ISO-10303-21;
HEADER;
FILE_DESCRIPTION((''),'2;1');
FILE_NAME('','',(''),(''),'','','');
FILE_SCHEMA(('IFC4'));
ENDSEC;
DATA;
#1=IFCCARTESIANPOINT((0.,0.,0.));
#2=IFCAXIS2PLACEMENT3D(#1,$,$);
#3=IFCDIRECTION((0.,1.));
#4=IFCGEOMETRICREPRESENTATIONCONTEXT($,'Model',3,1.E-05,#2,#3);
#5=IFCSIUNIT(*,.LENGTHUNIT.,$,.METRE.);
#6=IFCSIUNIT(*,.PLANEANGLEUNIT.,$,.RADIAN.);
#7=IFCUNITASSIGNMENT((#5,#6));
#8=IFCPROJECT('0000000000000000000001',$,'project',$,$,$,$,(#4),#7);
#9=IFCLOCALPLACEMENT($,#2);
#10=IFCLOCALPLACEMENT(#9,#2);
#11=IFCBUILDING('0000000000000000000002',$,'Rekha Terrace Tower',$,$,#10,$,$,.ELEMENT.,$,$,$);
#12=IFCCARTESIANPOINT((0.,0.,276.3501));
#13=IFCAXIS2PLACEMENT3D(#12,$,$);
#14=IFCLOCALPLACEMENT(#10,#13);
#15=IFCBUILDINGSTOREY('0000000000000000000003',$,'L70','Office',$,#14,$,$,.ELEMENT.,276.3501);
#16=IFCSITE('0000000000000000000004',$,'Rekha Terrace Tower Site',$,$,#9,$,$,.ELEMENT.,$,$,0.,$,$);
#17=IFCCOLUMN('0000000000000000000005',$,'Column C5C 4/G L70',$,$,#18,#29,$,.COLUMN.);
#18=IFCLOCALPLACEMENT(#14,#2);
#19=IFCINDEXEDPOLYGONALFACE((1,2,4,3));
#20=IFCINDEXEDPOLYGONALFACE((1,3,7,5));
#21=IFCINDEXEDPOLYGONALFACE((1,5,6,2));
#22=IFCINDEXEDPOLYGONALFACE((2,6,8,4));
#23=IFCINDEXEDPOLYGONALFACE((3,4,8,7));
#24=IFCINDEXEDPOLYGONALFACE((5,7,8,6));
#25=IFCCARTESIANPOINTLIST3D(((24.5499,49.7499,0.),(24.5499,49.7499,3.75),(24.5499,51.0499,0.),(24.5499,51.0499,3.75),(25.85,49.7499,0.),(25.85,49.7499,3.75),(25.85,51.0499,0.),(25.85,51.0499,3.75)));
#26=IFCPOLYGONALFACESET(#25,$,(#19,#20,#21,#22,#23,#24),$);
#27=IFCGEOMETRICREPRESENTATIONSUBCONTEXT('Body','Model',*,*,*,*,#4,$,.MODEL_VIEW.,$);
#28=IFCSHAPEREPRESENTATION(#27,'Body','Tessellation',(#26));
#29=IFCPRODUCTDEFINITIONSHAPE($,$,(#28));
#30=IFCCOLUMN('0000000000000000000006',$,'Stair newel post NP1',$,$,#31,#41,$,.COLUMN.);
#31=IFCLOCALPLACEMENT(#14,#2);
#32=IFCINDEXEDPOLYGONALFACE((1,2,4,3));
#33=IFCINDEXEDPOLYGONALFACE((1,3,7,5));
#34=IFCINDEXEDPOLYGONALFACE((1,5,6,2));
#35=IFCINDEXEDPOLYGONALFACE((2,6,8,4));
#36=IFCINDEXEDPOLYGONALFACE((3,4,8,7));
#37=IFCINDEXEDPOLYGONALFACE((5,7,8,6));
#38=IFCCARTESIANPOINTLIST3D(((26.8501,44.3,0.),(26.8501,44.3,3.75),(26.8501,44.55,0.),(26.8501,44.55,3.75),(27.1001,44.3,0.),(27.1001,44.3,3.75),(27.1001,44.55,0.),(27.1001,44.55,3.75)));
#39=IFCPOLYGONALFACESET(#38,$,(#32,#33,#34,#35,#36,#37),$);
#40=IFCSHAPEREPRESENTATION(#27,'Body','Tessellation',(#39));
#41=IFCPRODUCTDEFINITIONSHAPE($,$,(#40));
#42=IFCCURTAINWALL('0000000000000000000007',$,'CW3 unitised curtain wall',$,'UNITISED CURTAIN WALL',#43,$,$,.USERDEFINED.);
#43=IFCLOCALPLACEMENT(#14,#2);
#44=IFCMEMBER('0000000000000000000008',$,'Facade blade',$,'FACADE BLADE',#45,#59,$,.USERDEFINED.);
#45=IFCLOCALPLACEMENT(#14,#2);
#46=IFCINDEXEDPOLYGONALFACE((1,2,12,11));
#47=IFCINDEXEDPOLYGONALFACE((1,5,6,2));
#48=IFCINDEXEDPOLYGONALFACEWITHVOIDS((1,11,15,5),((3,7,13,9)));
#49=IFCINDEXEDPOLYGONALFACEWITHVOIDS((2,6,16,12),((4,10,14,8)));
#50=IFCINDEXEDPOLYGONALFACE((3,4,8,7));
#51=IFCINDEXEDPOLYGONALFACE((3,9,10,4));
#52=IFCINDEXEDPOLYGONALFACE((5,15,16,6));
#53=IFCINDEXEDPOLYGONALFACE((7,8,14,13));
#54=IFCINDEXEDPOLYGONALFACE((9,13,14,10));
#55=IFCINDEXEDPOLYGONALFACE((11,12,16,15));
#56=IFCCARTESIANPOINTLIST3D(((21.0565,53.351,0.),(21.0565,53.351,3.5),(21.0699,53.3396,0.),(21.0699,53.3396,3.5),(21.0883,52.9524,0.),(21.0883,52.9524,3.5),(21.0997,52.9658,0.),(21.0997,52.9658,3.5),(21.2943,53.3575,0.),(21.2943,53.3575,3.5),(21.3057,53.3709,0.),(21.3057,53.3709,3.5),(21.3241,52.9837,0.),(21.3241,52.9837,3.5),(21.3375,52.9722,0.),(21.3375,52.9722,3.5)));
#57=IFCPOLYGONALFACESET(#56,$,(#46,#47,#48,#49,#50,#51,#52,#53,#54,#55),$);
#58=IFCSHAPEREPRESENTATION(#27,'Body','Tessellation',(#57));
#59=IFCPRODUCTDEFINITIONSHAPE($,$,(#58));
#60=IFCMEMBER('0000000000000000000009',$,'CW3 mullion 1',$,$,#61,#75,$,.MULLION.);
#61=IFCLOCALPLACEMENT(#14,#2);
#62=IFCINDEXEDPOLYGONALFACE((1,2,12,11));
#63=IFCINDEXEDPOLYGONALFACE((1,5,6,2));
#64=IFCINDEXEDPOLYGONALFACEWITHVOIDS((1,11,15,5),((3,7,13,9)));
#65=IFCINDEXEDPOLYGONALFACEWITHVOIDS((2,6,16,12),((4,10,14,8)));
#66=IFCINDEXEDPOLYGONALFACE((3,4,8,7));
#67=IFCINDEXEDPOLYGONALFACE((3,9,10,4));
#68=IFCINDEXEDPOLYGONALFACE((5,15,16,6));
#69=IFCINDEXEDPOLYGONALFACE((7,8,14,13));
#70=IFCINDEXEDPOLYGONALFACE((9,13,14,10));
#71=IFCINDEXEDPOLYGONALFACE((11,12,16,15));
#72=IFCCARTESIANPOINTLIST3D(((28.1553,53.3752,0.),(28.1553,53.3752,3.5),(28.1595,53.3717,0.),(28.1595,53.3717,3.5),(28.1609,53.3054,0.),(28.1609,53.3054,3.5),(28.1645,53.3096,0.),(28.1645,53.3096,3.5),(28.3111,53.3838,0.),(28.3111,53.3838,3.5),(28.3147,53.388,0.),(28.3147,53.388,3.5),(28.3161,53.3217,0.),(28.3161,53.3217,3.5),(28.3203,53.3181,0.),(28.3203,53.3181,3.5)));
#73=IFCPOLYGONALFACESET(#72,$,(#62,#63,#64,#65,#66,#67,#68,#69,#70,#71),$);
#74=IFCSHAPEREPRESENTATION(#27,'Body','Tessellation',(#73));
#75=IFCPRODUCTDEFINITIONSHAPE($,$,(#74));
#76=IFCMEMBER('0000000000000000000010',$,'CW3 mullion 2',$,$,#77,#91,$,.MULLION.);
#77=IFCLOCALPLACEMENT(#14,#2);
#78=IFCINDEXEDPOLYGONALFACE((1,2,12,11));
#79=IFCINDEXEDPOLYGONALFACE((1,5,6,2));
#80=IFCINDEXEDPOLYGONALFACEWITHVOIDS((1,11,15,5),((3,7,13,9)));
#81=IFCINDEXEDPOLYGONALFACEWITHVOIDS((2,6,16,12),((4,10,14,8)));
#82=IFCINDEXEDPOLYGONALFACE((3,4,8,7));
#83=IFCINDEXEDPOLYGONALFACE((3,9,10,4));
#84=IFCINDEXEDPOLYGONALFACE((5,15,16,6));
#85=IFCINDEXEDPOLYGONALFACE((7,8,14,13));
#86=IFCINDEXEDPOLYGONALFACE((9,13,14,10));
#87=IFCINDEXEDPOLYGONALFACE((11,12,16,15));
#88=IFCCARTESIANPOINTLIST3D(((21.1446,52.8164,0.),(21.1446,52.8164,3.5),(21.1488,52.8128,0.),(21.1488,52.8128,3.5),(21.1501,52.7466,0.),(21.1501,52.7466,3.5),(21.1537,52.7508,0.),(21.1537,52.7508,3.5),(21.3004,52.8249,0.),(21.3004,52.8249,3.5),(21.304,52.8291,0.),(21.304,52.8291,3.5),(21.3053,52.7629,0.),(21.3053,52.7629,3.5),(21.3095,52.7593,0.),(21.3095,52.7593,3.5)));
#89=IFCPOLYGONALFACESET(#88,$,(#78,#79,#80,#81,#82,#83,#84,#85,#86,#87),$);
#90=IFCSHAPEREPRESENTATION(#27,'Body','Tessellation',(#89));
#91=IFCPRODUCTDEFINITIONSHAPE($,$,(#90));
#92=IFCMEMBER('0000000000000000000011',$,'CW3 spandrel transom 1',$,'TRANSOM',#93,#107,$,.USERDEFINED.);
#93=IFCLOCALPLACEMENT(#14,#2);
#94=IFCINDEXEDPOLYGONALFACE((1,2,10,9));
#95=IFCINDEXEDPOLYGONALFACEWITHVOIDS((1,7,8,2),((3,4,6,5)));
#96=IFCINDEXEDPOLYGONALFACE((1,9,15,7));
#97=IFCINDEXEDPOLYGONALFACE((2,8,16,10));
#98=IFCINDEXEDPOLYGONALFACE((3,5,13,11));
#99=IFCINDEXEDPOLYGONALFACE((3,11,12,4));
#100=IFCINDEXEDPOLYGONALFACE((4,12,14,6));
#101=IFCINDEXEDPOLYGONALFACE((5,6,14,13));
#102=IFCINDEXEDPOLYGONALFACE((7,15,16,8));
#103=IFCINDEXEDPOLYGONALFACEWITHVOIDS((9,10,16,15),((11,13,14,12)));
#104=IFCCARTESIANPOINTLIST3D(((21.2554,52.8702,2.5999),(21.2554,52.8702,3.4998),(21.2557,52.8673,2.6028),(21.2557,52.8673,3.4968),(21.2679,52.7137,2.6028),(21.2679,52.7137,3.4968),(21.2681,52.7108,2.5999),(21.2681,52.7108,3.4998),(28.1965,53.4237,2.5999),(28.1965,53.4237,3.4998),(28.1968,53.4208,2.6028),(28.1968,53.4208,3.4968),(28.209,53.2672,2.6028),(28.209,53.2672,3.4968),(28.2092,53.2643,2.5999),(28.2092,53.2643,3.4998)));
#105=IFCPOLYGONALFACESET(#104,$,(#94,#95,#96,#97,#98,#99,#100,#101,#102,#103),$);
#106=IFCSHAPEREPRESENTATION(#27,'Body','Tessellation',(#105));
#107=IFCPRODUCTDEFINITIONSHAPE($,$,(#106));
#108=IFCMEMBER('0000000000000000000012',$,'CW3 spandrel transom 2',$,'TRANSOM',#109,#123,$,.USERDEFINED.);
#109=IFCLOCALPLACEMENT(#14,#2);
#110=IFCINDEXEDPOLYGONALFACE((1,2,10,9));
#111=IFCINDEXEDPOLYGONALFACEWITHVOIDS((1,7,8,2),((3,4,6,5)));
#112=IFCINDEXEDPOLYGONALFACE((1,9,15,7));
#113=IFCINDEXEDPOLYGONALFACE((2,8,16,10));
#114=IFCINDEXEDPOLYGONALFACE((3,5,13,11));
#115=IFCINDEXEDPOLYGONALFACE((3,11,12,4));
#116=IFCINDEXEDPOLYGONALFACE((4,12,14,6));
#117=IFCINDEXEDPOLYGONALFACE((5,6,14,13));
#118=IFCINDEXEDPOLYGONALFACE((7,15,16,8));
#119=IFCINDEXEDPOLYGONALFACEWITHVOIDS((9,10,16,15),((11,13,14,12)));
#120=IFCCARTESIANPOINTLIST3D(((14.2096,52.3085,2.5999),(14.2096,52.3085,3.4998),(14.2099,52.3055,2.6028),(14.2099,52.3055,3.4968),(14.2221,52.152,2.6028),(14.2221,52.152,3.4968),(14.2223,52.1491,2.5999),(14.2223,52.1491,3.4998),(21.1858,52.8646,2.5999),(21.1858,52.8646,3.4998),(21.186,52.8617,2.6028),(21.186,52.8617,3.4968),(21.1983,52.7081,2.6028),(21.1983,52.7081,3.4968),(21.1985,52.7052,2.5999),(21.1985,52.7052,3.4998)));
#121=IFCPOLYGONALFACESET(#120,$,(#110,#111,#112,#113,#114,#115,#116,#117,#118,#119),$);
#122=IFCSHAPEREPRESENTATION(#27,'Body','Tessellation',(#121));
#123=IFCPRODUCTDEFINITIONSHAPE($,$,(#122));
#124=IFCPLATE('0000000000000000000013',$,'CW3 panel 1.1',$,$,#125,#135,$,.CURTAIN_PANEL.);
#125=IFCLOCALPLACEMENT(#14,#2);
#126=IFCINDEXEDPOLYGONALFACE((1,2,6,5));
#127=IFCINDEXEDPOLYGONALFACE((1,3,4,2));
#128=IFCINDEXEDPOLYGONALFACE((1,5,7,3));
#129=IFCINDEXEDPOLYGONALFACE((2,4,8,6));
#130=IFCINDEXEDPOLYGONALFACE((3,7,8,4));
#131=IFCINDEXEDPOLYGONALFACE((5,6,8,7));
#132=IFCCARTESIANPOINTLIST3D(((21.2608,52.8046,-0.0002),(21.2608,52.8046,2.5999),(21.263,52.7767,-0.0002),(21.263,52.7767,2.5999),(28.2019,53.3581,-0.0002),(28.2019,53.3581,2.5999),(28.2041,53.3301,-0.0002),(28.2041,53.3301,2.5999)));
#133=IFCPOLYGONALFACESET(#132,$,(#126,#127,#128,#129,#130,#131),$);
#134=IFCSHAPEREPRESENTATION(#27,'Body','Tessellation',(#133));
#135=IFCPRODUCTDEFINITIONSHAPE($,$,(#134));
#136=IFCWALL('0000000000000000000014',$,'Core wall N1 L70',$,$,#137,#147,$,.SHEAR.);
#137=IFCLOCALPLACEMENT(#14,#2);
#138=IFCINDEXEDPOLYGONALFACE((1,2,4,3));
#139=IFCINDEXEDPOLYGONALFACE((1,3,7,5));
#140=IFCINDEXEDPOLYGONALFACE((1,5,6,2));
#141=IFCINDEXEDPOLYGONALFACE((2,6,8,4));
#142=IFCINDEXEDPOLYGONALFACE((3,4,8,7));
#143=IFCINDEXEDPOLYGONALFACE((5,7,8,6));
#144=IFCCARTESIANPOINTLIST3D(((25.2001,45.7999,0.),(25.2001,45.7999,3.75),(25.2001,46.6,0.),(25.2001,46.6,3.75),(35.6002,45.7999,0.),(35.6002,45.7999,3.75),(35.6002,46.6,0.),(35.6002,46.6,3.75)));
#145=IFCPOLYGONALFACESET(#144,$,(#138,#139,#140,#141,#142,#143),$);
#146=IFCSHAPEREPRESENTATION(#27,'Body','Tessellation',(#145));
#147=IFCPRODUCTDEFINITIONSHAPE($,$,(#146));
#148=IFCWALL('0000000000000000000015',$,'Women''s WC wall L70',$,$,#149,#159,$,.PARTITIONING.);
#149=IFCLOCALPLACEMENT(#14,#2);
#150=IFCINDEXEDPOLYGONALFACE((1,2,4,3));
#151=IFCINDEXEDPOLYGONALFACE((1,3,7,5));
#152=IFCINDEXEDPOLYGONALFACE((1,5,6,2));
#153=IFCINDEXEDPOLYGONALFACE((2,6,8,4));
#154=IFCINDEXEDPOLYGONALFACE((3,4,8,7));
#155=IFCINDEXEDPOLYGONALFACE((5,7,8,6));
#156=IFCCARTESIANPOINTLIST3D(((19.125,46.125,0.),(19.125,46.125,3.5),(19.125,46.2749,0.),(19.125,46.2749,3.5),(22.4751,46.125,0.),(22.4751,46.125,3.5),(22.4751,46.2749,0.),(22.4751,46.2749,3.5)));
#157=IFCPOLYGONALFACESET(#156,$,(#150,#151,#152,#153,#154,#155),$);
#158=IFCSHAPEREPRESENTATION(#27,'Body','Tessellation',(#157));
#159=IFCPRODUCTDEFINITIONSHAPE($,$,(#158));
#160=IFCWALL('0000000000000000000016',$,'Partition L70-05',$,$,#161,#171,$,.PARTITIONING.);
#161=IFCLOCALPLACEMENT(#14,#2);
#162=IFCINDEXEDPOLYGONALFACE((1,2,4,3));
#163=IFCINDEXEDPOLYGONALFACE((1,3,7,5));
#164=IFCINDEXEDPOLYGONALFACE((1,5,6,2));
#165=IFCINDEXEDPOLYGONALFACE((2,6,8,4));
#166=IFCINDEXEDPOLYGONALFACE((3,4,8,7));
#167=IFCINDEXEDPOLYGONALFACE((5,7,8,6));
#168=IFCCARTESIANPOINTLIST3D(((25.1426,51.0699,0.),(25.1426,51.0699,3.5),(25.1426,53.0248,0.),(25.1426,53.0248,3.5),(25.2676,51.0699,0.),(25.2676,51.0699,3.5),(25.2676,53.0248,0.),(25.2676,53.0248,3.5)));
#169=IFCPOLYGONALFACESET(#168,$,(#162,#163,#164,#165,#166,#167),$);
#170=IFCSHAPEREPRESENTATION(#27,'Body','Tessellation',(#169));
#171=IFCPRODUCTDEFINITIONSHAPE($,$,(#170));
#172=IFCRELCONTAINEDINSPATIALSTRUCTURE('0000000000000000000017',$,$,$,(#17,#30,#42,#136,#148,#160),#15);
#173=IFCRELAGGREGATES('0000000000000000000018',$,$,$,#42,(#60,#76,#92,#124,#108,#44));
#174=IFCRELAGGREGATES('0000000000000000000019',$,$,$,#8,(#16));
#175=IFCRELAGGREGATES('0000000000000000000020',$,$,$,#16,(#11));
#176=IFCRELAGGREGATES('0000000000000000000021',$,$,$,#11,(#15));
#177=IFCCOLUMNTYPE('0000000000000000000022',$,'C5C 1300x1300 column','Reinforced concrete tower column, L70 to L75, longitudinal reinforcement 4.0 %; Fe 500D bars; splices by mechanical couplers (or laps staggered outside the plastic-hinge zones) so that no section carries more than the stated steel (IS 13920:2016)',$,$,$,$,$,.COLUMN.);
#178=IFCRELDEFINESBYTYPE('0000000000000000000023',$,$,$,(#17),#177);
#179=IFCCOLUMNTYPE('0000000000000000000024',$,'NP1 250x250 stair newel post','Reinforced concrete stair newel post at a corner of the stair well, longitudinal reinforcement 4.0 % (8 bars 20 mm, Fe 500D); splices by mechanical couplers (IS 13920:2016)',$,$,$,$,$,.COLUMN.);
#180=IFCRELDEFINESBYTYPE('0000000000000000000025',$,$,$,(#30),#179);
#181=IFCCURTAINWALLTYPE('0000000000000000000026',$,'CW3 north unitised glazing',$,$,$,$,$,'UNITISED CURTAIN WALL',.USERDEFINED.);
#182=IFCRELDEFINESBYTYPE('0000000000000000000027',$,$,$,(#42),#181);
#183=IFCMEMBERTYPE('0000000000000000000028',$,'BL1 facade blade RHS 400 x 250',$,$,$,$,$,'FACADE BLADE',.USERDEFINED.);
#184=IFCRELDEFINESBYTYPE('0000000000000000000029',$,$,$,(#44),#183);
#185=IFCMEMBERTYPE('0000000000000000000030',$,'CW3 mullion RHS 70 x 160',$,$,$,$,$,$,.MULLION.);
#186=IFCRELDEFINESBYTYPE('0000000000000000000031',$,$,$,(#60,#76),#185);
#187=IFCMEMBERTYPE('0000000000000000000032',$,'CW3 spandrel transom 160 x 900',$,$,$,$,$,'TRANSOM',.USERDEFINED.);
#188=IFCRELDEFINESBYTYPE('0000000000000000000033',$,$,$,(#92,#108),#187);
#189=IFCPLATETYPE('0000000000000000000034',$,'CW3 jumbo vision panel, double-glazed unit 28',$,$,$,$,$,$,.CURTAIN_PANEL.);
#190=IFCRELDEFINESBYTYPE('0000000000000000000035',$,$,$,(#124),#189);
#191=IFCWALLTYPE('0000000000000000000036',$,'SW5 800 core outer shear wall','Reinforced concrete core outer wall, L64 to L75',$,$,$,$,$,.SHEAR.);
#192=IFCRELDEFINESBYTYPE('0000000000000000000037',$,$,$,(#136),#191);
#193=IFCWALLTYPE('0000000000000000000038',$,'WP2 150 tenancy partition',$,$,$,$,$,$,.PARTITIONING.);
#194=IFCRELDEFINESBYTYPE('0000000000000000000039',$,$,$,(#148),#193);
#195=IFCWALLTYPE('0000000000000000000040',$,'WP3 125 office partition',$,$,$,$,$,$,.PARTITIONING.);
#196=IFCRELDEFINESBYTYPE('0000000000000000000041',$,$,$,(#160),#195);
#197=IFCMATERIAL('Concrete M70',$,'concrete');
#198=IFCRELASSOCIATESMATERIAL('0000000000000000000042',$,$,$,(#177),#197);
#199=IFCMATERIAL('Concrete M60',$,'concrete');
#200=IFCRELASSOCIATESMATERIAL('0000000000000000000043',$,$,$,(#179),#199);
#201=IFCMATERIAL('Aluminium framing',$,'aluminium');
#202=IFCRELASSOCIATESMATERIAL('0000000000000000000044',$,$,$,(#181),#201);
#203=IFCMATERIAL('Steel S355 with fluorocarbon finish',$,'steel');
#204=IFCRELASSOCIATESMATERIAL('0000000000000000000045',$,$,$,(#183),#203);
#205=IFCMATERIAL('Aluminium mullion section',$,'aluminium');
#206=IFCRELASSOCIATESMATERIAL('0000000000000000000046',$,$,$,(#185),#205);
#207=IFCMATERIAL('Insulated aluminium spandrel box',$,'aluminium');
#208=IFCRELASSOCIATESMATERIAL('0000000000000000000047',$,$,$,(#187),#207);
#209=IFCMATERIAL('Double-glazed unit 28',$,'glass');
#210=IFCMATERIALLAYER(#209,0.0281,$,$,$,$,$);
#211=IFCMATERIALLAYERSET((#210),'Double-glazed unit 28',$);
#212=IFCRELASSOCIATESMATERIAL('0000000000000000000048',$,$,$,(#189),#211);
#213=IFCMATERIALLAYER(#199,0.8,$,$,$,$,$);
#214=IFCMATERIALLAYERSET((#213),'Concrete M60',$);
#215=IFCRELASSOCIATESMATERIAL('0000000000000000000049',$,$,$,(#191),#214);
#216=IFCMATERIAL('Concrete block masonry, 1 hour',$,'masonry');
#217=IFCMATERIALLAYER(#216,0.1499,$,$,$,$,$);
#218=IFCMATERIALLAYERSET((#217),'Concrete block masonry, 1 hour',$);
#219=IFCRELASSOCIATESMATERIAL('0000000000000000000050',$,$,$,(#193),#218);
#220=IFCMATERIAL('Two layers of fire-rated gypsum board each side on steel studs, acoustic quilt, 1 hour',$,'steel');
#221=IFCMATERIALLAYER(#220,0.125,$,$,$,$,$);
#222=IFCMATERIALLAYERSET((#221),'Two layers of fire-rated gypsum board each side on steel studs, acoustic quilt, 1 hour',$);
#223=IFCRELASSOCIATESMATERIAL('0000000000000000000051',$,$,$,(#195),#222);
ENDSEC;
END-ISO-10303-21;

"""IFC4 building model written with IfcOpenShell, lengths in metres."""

from ifc_helpers import new_model, si_unit, direction, frame, frame_2d, origin, origin_2d, place, context, subcontext, project, spatial, rectangle, hollow_rectangle, extrude, material, layer, layer_set, material_profile, profile_set, type_object, element, aggregate, save


model = new_model("IFC4")

# Units and contexts
model_context = context("Model", 3, precision=1e-05, world=origin(), true_north=direction((0.0, 1.0)))
body_context = subcontext(model_context, "Body", "Model", "MODEL_VIEW")
ifc_project = project(units=[si_unit("LENGTHUNIT", "METRE"), si_unit("PLANEANGLEUNIT", "RADIAN")], contexts=[model_context])

# Site, building, storey
site_placement = place(None, origin())
site = spatial("IfcSite", under=ifc_project, at=site_placement, Name="Rekha Terrace Tower Site", CompositionType="ELEMENT", RefElevation=0.0)
building_placement = place(site_placement, origin())
building = spatial("IfcBuilding", under=site, at=building_placement, Name="Rekha Terrace Tower", CompositionType="ELEMENT")
storey_placement = place(building_placement, frame((0.0, 0.0, 276.3501)))
storey = spatial("IfcBuildingStorey", under=building, at=storey_placement, Name="L70", Description="Office", CompositionType="ELEMENT", Elevation=276.3501)

# Columns
ifc_material_1 = material(Name="Concrete M70", Category="concrete")
ifc_material_profile_1 = material_profile(ifc_material_1, rectangle(XDim=1.3, YDim=1.3, at=origin_2d()), Name="RC 1300x1300")
ifc_profile_set_1 = profile_set([ifc_material_profile_1], Name="Concrete M70")
column_type_1 = type_object("IfcColumnType", Name="C5C 1300x1300 column", Description="Reinforced concrete tower column, L70 to L75, longitudinal reinforcement 4.0 %; Fe 500D bars; splices by mechanical couplers (or laps staggered outside the plastic-hinge zones) so that no section carries more than the stated steel (IS 13920:2016)", PredefinedType="COLUMN", material=ifc_profile_set_1)
column_1_placement = place(storey_placement, frame((25.2, 50.3999, 0.0), z_axis=(0.0, 0.0, 1.0), x_axis=(1.0, 0.0, 0.0)))
element("IfcColumn", 1, at=column_1_placement, inside=storey, type_object=column_type_1, Name="Column C5C 4/G L70", PredefinedType="COLUMN", context=body_context, shape_type="SweptSolid", body=[
    extrude(rectangle(XDim=1.3, YDim=1.3, at=origin_2d()), origin(), (0.0, 0.0, 1.0), 3.75),
])
ifc_material_2 = material(Name="Concrete M60", Category="concrete")
ifc_material_profile_2 = material_profile(ifc_material_2, rectangle(XDim=0.25, YDim=0.25, at=origin_2d()), Name="RC 250x250")
ifc_profile_set_2 = profile_set([ifc_material_profile_2], Name="Concrete M60")
column_type_2 = type_object("IfcColumnType", Name="NP1 250x250 stair newel post", Description="Reinforced concrete stair newel post at a corner of the stair well, longitudinal reinforcement 4.0 % (8 bars 20 mm, Fe 500D); splices by mechanical couplers (IS 13920:2016)", PredefinedType="COLUMN", material=ifc_profile_set_2)
column_2_placement = place(storey_placement, frame((26.9751, 44.425, 0.0), z_axis=(0.0, 0.0, 1.0), x_axis=(1.0, 0.0, 0.0)))
element("IfcColumn", 2, at=column_2_placement, inside=storey, type_object=column_type_2, Name="Stair newel post NP1", PredefinedType="COLUMN", context=body_context, shape_type="SweptSolid", body=[
    extrude(rectangle(XDim=0.25, YDim=0.25, at=origin_2d()), origin(), (0.0, 0.0, 1.0), 3.75),
])

# Curtain wall, members, plate
ifc_material_3 = material(Name="Aluminium framing", Category="aluminium")
curtain_wall_type = type_object("IfcCurtainWallType", Name="CW3 north unitised glazing", ElementType="UNITISED CURTAIN WALL", PredefinedType="USERDEFINED", material=ifc_material_3)
curtain_wall_placement = place(storey_placement, origin())
curtain_wall = element("IfcCurtainWall", 3, at=curtain_wall_placement, inside=storey, type_object=curtain_wall_type, Name="CW3 unitised curtain wall", ObjectType="UNITISED CURTAIN WALL", PredefinedType="USERDEFINED")
ifc_material_4 = material(Name="Steel S355 with fluorocarbon finish", Category="steel")
ifc_material_profile_3 = material_profile(ifc_material_4, hollow_rectangle(XDim=0.25, YDim=0.3999, WallThickness=0.0125, at=origin_2d()), Name="RHS400x250x12.5")
ifc_profile_set_3 = profile_set([ifc_material_profile_3], Name="Steel S355 with fluorocarbon finish")
member_type_1 = type_object("IfcMemberType", Name="BL1 facade blade RHS 400 x 250", ElementType="FACADE BLADE", PredefinedType="USERDEFINED", material=ifc_profile_set_3)
member_1_placement = place(storey_placement, frame((21.197, 53.1616, 0.0), z_axis=(0.0, 0.0, 1.0), x_axis=(-0.996836, -0.079486, 0.0)))
member_1 = element("IfcMember", 4, at=member_1_placement, type_object=member_type_1, Name="Facade blade", ObjectType="FACADE BLADE", PredefinedType="USERDEFINED", context=body_context, shape_type="SweptSolid", body=[
    extrude(hollow_rectangle(XDim=0.25, YDim=0.3999, WallThickness=0.0125, at=origin_2d()), origin(), (0.0, 0.0, 1.0), 3.5),
])
ifc_material_5 = material(Name="Aluminium mullion section", Category="aluminium")
ifc_material_profile_4 = material_profile(ifc_material_5, hollow_rectangle(XDim=0.0701, YDim=0.1599, WallThickness=0.0039, at=origin_2d()), Name="AL RHS 70x160")
ifc_profile_set_4 = profile_set([ifc_material_profile_4], Name="Aluminium mullion section")
member_type_2 = type_object("IfcMemberType", Name="CW3 mullion RHS 70 x 160", PredefinedType="MULLION", material=ifc_profile_set_4)
member_2_placement = place(storey_placement, frame((28.2378, 53.3467, 0.0), z_axis=(0.0, 0.0, 1.0), x_axis=(0.079485, -0.996836, 0.0)))
member_2 = element("IfcMember", 5, at=member_2_placement, type_object=member_type_2, Name="CW3 mullion 1", PredefinedType="MULLION", context=body_context, shape_type="SweptSolid", body=[
    extrude(hollow_rectangle(XDim=0.0701, YDim=0.1599, WallThickness=0.0039, at=origin_2d()), origin(), (0.0, 0.0, 1.0), 3.5),
])
member_3_placement = place(storey_placement, frame((21.2271, 52.7878, 0.0), z_axis=(0.0, 0.0, 1.0), x_axis=(0.079485, -0.996836, 0.0)))
member_3 = element("IfcMember", 6, at=member_3_placement, type_object=member_type_2, Name="CW3 mullion 2", PredefinedType="MULLION", context=body_context, shape_type="SweptSolid", body=[
    extrude(hollow_rectangle(XDim=0.0701, YDim=0.1599, WallThickness=0.0039, at=origin_2d()), origin(), (0.0, 0.0, 1.0), 3.5),
])
ifc_material_6 = material(Name="Insulated aluminium spandrel box", Category="aluminium")
ifc_material_profile_5 = material_profile(ifc_material_6, hollow_rectangle(XDim=0.1599, YDim=0.8999, WallThickness=0.0029, at=origin_2d()), Name="AL SPANDREL BOX 160x900")
ifc_profile_set_5 = profile_set([ifc_material_profile_5], Name="Insulated aluminium spandrel box")
member_type_3 = type_object("IfcMemberType", Name="CW3 spandrel transom 160 x 900", ElementType="TRANSOM", PredefinedType="USERDEFINED", material=ifc_profile_set_5)
member_4_placement = place(storey_placement, frame((28.2029, 53.344, 3.0498), z_axis=(-0.996836, -0.079485, 0.0), x_axis=(0.079485, -0.996836, 0.0)))
member_4 = element("IfcMember", 7, at=member_4_placement, type_object=member_type_3, Name="CW3 spandrel transom 1", ObjectType="TRANSOM", PredefinedType="USERDEFINED", context=body_context, shape_type="SweptSolid", body=[
    extrude(hollow_rectangle(XDim=0.1599, YDim=0.8999, WallThickness=0.0029, at=origin_2d()), origin(), (0.0, 0.0, 1.0), 6.9631),
])
member_5_placement = place(storey_placement, frame((21.1921, 52.7849, 3.0498), z_axis=(-0.996837, -0.079471, 0.0), x_axis=(0.079471, -0.996837, 0.0)))
member_5 = element("IfcMember", 8, at=member_5_placement, type_object=member_type_3, Name="CW3 spandrel transom 2", ObjectType="TRANSOM", PredefinedType="USERDEFINED", context=body_context, shape_type="SweptSolid", body=[
    extrude(hollow_rectangle(XDim=0.1599, YDim=0.8999, WallThickness=0.0029, at=origin_2d()), origin(), (0.0, 0.0, 1.0), 6.9983),
])
ifc_material_7 = material(Name="Double-glazed unit 28", Category="glass")
ifc_layer_1 = layer(ifc_material_7, 0.0281)
ifc_layer_set_1 = layer_set([ifc_layer_1], Name="Double-glazed unit 28")
plate_type = type_object("IfcPlateType", Name="CW3 jumbo vision panel, double-glazed unit 28", PredefinedType="CURTAIN_PANEL", material=ifc_layer_set_1)
plate_placement = place(storey_placement, frame((24.7324, 53.0674, -0.0002), z_axis=(0.0, 0.0, 1.0), x_axis=(-0.996836, -0.079485, 0.0)))
plate = element("IfcPlate", 9, at=plate_placement, type_object=plate_type, Name="CW3 panel 1.1", PredefinedType="CURTAIN_PANEL", context=body_context, shape_type="SweptSolid", body=[
    extrude(rectangle(XDim=6.9631, YDim=0.0281, at=origin_2d()), origin(), (0.0, 0.0, 1.0), 2.6001),
])
aggregate(curtain_wall, [member_2, member_3, member_4, plate, member_5, member_1])

# Walls
ifc_layer_2 = layer(ifc_material_2, 0.8)
ifc_layer_set_2 = layer_set([ifc_layer_2], Name="Concrete M60")
wall_type_1 = type_object("IfcWallType", Name="SW5 800 core outer shear wall", Description="Reinforced concrete core outer wall, L64 to L75", PredefinedType="SHEAR", material=ifc_layer_set_2)
wall_1_placement = place(storey_placement, frame((25.2, 46.2, 0.0), z_axis=(0.0, 0.0, 1.0), x_axis=(1.0, 0.0, 0.0)))
element("IfcWall", 10, at=wall_1_placement, inside=storey, type_object=wall_type_1, Name="Core wall N1 L70", PredefinedType="SHEAR", context=body_context, shape_type="SweptSolid", body=[
    extrude(rectangle(XDim=10.4001, YDim=0.8, at=frame_2d((5.2002, 0.0))), origin(), (0.0, 0.0, 1.0), 3.75),
])
ifc_material_8 = material(Name="Concrete block masonry, 1 hour", Category="masonry")
ifc_layer_3 = layer(ifc_material_8, 0.1499)
ifc_layer_set_3 = layer_set([ifc_layer_3], Name="Concrete block masonry, 1 hour")
wall_type_2 = type_object("IfcWallType", Name="WP2 150 tenancy partition", PredefinedType="PARTITIONING", material=ifc_layer_set_3)
wall_2_placement = place(storey_placement, frame((19.125, 46.2, 0.0), z_axis=(0.0, 0.0, 1.0), x_axis=(1.0, 0.0, 0.0)))
element("IfcWall", 11, at=wall_2_placement, inside=storey, type_object=wall_type_2, Name="Women's WC wall L70", PredefinedType="PARTITIONING", context=body_context, shape_type="SweptSolid", body=[
    extrude(rectangle(XDim=3.3501, YDim=0.1499, at=frame_2d((1.675, 0.0))), origin(), (0.0, 0.0, 1.0), 3.5),
])
ifc_material_9 = material(Name="Two layers of fire-rated gypsum board each side on steel studs, acoustic quilt, 1 hour", Category="steel")
ifc_layer_4 = layer(ifc_material_9, 0.125)
ifc_layer_set_4 = layer_set([ifc_layer_4], Name="Two layers of fire-rated gypsum board each side on steel studs, acoustic quilt, 1 hour")
wall_type_3 = type_object("IfcWallType", Name="WP3 125 office partition", PredefinedType="PARTITIONING", material=ifc_layer_set_4)
wall_3_placement = place(storey_placement, frame((25.2051, 53.0249, 0.0), z_axis=(0.0, 0.0, 1.0), x_axis=(0.0, -1.0, 0.0)))
element("IfcWall", 12, at=wall_3_placement, inside=storey, type_object=wall_type_3, Name="Partition L70-05", PredefinedType="PARTITIONING", context=body_context, shape_type="SweptSolid", body=[
    extrude(rectangle(XDim=1.9548, YDim=0.125, at=frame_2d((0.9775, 0.0))), origin(), (0.0, 0.0, 1.0), 3.5),
])

save(model, "model.ifc")
